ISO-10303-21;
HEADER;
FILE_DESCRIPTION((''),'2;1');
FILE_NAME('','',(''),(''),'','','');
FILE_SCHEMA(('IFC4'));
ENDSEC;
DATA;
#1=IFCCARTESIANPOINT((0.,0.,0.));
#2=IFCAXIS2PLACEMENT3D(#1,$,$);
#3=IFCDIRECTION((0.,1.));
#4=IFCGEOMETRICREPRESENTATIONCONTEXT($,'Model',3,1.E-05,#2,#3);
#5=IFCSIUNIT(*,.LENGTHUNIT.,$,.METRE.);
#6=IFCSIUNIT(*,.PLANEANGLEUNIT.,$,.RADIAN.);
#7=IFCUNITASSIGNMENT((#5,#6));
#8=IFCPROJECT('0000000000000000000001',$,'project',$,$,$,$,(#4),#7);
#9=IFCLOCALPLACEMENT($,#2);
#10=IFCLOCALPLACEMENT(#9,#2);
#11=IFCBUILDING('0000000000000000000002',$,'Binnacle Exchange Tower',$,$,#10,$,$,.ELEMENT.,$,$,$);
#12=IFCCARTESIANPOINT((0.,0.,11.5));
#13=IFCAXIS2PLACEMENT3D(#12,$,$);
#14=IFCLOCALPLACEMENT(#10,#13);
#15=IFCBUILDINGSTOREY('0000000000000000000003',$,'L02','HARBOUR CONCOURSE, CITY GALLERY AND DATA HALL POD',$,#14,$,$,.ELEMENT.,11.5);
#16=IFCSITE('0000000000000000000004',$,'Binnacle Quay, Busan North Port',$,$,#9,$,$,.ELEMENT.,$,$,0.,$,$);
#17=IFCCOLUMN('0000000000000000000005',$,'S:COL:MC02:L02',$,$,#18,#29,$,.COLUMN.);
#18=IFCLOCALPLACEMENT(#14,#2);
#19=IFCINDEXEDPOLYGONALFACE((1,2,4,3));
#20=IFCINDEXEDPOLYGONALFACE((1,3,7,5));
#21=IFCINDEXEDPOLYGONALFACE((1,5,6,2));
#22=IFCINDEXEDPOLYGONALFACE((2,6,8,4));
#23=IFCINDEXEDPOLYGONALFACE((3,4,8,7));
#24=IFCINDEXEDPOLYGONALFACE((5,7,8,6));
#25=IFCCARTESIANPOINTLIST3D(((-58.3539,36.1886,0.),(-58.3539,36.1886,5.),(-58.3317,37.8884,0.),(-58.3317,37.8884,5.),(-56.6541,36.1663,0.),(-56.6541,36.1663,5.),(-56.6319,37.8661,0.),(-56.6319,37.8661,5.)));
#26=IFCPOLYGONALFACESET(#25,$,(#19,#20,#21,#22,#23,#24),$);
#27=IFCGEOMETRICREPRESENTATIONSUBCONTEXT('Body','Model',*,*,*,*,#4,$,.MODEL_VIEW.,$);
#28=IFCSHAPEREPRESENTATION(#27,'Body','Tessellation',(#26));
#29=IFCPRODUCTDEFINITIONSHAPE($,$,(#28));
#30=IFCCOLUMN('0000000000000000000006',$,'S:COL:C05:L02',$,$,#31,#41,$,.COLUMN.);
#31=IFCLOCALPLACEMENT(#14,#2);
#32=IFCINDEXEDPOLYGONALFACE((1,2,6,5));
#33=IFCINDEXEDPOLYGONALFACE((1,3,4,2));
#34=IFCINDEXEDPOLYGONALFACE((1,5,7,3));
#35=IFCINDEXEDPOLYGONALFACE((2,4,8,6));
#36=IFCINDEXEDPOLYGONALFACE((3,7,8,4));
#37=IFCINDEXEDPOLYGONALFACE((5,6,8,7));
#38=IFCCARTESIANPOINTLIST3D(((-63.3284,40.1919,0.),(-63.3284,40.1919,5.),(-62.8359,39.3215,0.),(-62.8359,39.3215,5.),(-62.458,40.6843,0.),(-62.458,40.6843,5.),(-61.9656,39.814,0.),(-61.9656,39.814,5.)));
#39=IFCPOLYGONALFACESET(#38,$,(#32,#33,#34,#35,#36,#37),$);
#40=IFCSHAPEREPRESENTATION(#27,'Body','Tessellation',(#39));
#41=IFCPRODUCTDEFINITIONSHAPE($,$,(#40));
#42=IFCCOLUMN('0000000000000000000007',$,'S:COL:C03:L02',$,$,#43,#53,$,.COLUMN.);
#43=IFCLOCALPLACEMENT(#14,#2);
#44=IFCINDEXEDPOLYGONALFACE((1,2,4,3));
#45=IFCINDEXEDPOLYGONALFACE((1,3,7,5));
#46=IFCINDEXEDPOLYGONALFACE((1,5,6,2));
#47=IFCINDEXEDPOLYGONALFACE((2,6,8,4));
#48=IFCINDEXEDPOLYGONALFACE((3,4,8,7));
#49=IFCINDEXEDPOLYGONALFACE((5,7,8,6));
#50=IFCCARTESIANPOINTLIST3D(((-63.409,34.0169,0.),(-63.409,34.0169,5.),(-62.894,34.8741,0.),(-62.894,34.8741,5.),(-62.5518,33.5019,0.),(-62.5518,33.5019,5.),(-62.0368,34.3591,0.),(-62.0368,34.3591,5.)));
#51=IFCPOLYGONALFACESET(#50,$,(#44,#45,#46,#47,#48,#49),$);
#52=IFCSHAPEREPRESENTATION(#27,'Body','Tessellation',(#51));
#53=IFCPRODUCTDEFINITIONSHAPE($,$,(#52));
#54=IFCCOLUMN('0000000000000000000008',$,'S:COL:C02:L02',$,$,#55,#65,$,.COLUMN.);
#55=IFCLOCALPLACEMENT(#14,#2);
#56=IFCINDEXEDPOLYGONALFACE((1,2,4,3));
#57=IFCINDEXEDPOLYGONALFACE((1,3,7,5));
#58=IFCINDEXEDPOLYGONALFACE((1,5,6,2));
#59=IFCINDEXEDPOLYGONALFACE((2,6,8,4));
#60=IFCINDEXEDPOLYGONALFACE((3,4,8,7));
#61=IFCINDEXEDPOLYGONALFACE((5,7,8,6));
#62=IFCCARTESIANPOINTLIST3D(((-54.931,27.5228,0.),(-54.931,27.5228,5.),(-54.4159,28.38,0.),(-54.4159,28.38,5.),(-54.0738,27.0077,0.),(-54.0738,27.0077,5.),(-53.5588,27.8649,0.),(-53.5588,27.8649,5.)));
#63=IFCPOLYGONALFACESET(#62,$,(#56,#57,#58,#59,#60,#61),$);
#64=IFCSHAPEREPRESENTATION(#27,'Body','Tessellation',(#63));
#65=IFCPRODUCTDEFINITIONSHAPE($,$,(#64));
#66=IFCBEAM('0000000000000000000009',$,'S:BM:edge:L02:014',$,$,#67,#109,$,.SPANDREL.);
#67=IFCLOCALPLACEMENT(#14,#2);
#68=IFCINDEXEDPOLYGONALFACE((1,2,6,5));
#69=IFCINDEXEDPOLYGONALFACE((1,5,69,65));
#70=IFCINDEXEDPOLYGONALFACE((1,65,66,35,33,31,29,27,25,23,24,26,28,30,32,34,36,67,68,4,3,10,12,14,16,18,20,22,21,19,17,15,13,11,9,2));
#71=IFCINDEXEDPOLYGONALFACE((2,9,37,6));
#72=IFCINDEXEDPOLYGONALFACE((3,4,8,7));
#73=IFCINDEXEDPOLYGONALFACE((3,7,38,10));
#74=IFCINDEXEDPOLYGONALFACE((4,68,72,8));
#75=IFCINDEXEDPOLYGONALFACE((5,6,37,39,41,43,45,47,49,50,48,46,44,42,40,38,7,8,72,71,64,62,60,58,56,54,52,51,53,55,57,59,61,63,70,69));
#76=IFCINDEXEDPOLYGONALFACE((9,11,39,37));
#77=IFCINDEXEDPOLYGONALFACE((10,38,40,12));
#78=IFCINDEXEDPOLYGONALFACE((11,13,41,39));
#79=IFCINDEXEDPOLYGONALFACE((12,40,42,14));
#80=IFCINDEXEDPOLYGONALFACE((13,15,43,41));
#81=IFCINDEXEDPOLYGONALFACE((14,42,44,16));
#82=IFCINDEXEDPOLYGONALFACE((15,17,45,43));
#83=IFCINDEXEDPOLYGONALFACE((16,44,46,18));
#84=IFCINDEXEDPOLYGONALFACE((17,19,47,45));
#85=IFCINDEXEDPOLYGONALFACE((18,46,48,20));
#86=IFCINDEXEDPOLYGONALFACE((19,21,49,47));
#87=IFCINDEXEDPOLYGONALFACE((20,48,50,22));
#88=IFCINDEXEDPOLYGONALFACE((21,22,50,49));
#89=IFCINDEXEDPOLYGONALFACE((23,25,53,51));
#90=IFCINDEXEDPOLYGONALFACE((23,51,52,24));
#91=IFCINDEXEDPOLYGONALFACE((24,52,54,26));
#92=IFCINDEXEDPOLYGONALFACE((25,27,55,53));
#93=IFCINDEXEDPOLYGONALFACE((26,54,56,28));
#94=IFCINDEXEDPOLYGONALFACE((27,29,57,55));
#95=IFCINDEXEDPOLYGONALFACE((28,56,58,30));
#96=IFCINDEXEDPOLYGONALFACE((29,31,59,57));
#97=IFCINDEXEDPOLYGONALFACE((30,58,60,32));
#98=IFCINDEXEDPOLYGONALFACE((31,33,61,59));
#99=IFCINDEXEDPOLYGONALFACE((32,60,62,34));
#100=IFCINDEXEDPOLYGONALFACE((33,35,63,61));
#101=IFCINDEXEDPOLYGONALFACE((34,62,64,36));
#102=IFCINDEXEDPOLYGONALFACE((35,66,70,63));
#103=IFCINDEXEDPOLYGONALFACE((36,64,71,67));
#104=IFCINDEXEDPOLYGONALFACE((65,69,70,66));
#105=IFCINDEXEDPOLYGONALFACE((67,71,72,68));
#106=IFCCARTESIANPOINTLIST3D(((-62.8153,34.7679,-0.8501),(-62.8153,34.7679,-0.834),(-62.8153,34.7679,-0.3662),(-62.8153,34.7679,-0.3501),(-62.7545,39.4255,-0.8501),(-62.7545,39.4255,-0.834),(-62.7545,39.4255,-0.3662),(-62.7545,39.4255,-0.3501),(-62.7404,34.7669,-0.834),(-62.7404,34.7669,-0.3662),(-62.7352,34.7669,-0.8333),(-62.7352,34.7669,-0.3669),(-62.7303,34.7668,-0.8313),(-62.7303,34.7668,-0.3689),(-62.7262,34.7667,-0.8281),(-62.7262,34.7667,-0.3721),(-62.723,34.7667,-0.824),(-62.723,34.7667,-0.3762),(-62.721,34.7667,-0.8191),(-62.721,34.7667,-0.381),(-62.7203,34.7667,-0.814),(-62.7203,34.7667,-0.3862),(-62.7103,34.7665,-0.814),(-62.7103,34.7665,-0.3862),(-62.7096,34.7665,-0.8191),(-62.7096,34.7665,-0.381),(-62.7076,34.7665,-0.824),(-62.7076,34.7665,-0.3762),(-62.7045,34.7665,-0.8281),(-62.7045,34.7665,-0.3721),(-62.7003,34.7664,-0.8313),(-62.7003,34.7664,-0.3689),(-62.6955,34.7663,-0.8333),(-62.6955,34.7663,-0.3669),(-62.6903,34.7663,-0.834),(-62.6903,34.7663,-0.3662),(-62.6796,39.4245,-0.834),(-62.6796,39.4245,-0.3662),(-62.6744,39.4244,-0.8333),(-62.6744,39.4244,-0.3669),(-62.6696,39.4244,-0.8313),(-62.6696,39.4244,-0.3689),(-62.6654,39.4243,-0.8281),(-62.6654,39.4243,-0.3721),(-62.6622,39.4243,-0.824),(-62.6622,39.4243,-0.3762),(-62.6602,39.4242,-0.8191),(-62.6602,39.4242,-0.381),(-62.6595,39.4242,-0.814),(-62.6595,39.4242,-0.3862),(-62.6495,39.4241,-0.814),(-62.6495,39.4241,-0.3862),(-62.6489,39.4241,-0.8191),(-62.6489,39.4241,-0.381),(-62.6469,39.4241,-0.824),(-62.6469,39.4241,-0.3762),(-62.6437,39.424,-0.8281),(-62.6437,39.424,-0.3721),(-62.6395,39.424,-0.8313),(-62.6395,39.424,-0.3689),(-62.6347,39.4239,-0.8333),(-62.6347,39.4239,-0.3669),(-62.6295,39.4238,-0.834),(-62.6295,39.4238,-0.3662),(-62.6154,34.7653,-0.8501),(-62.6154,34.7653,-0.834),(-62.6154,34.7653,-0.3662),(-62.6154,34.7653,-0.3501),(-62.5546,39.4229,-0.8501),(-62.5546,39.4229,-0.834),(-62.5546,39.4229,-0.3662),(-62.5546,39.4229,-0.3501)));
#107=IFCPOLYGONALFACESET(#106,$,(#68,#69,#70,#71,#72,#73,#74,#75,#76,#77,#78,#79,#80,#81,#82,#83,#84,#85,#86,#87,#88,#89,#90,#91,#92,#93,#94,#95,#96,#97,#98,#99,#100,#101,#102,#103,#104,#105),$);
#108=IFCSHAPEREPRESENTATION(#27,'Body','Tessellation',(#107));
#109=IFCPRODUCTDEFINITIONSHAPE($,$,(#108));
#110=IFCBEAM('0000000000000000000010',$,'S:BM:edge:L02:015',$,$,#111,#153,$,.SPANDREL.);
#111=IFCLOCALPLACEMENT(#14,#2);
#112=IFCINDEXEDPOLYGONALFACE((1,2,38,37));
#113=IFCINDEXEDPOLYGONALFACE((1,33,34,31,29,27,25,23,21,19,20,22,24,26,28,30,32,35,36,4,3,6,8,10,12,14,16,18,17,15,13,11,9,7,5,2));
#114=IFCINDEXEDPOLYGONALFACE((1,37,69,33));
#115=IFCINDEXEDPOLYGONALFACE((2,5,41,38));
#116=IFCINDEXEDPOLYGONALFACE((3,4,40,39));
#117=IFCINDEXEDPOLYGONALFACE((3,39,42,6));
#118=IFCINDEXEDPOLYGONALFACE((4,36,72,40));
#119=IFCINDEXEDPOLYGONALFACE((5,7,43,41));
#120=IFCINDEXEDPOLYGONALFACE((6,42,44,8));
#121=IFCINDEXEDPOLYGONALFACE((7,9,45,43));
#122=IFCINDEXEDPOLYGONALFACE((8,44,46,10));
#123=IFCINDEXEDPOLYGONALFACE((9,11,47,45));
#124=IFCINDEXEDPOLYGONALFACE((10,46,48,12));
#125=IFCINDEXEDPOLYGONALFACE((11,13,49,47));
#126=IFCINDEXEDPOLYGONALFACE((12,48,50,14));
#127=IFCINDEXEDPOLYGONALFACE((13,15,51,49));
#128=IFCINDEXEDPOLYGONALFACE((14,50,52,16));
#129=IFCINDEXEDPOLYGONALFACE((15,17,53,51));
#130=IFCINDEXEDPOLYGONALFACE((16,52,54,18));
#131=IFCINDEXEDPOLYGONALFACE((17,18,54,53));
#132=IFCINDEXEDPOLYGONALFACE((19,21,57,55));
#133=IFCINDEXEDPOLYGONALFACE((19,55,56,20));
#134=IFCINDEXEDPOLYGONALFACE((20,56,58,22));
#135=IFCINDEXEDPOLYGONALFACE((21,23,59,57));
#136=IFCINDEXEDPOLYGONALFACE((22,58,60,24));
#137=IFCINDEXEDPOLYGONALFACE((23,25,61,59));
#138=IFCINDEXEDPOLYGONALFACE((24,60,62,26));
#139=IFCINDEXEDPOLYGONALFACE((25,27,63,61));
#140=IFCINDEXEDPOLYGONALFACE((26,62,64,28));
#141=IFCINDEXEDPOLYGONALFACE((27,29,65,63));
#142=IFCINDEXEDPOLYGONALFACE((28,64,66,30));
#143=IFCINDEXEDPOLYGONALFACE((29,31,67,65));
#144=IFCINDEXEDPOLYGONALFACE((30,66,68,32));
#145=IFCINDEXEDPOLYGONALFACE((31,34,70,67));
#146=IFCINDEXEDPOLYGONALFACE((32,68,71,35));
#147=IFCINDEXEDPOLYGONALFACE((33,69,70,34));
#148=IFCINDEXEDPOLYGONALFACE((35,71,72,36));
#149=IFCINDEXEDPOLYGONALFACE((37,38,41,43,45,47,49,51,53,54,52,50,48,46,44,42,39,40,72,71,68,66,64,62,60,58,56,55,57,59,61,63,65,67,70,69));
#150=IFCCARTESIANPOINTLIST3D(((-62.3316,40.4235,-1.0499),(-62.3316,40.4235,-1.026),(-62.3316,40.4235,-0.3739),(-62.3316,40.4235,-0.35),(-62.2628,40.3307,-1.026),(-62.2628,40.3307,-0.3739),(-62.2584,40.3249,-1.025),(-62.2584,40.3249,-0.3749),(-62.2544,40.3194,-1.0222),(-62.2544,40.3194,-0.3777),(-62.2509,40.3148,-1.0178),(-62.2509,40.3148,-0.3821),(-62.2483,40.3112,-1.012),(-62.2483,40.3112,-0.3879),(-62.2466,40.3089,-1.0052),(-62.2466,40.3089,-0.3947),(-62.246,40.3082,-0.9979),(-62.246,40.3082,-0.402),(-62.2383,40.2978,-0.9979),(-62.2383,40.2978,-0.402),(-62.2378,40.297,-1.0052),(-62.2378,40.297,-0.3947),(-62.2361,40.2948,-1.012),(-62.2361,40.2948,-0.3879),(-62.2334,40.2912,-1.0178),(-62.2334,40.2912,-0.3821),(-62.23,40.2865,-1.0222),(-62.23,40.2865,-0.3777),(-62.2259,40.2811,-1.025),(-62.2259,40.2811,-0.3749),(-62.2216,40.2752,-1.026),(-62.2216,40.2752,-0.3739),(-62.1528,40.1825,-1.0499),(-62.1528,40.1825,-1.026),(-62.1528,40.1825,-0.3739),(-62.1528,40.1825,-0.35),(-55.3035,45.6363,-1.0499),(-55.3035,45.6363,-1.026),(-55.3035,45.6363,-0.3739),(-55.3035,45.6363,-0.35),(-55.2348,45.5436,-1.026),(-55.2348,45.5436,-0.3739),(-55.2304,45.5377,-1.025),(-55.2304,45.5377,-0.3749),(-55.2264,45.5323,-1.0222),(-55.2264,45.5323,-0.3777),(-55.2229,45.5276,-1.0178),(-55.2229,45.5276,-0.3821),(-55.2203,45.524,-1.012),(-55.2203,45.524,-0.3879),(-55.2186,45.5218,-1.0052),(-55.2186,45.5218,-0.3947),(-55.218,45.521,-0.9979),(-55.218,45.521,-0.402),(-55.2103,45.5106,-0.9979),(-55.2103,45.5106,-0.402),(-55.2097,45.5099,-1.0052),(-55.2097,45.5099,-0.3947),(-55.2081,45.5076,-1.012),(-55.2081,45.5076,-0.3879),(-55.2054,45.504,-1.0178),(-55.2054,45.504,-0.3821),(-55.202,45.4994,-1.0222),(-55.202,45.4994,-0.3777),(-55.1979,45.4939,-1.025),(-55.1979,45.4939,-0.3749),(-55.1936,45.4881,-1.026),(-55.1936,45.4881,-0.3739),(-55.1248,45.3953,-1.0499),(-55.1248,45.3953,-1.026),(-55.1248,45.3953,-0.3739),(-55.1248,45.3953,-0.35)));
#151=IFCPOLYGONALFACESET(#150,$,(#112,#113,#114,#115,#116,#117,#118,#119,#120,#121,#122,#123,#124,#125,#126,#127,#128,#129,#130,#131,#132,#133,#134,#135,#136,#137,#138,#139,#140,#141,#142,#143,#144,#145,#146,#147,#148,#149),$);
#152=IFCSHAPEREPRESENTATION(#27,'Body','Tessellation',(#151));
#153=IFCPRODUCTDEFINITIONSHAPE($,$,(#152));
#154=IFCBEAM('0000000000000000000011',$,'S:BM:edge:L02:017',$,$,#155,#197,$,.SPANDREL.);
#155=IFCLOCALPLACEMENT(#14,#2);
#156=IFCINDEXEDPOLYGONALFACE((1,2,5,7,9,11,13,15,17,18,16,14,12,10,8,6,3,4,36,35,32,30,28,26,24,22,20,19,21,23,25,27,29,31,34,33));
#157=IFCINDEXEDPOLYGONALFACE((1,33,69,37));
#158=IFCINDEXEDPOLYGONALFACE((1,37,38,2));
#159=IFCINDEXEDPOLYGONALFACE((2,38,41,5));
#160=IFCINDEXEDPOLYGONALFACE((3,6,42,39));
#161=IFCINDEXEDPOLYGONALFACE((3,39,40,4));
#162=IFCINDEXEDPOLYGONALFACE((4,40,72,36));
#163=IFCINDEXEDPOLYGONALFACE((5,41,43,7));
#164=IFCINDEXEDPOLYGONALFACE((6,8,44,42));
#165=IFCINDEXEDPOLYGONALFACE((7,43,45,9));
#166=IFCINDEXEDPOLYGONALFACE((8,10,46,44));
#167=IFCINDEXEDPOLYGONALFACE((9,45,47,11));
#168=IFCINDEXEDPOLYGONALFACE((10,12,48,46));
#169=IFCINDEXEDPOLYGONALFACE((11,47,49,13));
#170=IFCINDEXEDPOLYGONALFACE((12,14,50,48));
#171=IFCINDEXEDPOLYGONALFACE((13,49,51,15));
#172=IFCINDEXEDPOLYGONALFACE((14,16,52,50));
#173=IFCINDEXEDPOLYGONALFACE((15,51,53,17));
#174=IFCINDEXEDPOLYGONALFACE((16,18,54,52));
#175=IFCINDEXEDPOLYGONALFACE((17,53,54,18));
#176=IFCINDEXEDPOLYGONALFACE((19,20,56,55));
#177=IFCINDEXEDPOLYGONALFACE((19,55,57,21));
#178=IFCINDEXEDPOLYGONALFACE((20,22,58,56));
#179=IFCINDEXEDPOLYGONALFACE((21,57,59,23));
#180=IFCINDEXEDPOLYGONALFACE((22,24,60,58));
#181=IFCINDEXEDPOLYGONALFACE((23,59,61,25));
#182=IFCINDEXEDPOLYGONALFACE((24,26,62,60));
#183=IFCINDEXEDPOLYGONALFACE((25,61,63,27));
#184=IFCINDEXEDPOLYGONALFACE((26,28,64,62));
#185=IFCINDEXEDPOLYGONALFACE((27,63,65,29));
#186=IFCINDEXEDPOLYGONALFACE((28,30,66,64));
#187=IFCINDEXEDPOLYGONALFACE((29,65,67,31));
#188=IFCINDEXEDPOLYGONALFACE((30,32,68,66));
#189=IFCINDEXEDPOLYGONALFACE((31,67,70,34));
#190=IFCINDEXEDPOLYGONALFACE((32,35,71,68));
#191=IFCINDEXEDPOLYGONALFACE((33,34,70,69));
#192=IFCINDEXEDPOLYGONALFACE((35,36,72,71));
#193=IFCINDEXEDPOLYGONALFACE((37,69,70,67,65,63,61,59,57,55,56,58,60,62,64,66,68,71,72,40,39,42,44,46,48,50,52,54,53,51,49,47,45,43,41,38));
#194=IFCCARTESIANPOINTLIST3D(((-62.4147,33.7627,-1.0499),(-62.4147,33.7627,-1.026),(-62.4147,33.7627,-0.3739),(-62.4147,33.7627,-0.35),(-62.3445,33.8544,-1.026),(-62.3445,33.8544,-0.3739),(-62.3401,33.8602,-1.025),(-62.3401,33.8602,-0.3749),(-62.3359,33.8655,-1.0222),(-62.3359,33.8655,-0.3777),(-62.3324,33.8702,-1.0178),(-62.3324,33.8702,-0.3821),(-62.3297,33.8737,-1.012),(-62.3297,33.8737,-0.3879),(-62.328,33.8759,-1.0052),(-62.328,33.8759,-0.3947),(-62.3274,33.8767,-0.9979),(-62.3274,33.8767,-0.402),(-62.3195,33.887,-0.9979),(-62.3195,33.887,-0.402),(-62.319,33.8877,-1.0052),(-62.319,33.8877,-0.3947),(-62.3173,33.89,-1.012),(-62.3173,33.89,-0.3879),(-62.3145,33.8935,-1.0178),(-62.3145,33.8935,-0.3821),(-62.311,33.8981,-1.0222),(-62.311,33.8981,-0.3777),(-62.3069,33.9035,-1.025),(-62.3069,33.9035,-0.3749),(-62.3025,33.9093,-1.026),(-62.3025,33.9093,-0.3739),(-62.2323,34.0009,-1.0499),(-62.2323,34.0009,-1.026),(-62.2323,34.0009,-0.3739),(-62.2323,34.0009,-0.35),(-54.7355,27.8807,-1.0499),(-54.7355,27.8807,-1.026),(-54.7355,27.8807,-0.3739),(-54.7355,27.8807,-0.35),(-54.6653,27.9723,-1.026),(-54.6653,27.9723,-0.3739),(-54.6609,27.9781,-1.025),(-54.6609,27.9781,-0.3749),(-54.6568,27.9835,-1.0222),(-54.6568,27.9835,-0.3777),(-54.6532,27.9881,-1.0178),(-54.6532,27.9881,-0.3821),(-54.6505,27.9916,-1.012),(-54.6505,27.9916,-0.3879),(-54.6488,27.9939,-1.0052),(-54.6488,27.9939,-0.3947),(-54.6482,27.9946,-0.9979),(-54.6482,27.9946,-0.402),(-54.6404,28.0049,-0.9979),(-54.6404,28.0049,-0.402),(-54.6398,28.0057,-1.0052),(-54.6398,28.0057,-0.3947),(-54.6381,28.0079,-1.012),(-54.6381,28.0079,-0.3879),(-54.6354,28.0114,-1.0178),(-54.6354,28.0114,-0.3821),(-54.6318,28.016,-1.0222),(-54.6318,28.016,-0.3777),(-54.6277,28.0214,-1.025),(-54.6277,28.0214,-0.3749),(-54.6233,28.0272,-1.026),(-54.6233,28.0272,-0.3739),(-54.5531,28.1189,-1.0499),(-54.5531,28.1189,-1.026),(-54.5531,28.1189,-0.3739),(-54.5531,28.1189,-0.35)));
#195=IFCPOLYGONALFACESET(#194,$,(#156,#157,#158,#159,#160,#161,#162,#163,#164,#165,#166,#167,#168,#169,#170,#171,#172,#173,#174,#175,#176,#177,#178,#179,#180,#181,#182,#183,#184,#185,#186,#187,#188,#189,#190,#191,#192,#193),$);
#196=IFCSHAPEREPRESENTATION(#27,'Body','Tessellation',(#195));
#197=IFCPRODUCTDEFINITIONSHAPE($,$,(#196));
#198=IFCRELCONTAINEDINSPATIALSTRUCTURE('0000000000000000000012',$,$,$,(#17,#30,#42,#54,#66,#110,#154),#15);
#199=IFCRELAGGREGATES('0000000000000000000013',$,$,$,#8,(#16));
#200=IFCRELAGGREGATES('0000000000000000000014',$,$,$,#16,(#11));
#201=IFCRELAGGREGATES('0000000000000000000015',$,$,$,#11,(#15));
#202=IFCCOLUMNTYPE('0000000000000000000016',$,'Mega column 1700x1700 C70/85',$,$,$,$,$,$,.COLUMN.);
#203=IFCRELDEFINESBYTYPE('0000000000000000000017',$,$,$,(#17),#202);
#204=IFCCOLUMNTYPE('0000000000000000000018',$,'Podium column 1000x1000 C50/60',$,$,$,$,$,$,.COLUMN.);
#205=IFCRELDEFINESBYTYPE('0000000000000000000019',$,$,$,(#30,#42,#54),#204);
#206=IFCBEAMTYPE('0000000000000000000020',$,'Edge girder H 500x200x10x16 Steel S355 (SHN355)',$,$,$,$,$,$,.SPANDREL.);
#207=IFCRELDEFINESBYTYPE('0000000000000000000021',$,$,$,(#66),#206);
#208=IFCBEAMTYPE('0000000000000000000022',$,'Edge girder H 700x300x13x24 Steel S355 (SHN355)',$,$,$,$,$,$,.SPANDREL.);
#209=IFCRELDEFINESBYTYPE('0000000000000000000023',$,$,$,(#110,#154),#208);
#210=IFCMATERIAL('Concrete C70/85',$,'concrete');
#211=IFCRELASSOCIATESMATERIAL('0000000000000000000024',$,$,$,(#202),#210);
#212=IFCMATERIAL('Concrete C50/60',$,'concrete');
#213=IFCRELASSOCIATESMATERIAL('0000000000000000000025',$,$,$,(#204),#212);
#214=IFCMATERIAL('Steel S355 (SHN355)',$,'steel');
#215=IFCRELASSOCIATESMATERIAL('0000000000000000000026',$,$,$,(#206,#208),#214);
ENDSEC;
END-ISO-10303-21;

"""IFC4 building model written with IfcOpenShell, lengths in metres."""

from ifc_helpers import new_model, si_unit, direction, frame, origin, origin_2d, place, context, subcontext, project, spatial, rectangle, i_section, extrude, material, material_profile, profile_set, type_object, element, save


model = new_model("IFC4")

# Units and contexts
model_context = context("Model", 3, precision=1e-05, world=origin(), true_north=direction((0.0, 1.0)))
body_context = subcontext(model_context, "Body", "Model", "MODEL_VIEW")
ifc_project = project(units=[si_unit("LENGTHUNIT", "METRE"), si_unit("PLANEANGLEUNIT", "RADIAN")], contexts=[model_context])

# Site, building, storey
site_placement = place(None, origin())
site = spatial("IfcSite", under=ifc_project, at=site_placement, Name="Binnacle Quay, Busan North Port", CompositionType="ELEMENT", RefElevation=0.0)
building_placement = place(site_placement, origin())
building = spatial("IfcBuilding", under=site, at=building_placement, Name="Binnacle Exchange Tower", CompositionType="ELEMENT")
storey_placement = place(building_placement, frame((0.0, 0.0, 11.5)))
storey = spatial("IfcBuildingStorey", under=building, at=storey_placement, Name="L02", Description="HARBOUR CONCOURSE, CITY GALLERY AND DATA HALL POD", CompositionType="ELEMENT", Elevation=11.5)

# Columns
ifc_material_1 = material(Name="Concrete C70/85", Category="concrete")
ifc_material_profile_1 = material_profile(ifc_material_1, rectangle(XDim=1.7, YDim=1.7, at=origin_2d()), Name="Mega column 1700x1700 C70/85")
ifc_profile_set_1 = profile_set([ifc_material_profile_1], Name="Concrete C70/85")
column_type_1 = type_object("IfcColumnType", Name="Mega column 1700x1700 C70/85", PredefinedType="COLUMN", material=ifc_profile_set_1)
column_placement = place(storey_placement, frame((-57.4929, 37.0273, 0.0), z_axis=(0.0, 0.0, 1.0), x_axis=(-0.01309, -0.999914, 0.0)))
element("IfcColumn", 1, at=column_placement, inside=storey, type_object=column_type_1, Name="S:COL:MC02:L02", PredefinedType="COLUMN", context=body_context, shape_type="SweptSolid", body=[
    extrude(rectangle(XDim=1.7, YDim=1.7, at=origin_2d()), origin(), (0.0, 0.0, 1.0), 5.0),
])
ifc_material_2 = material(Name="Concrete C50/60", Category="concrete")
ifc_material_profile_2 = material_profile(ifc_material_2, rectangle(XDim=1.0, YDim=1.0, at=origin_2d()), Name="Podium column 1000x1000 C50/60")
ifc_profile_set_2 = profile_set([ifc_material_profile_2], Name="Concrete C50/60")
column_type_2 = type_object("IfcColumnType", Name="Podium column 1000x1000 C50/60", PredefinedType="COLUMN", material=ifc_profile_set_2)
for number, where, z_axis, x_axis, name in (
    (2, (-62.647, 40.0029, 0.0), (0.0, 0.0, 1.0), (-0.870356, -0.492424, 0.0), "S:COL:C05:L02"),
    (3, (-62.7229, 34.188, 0.0), (0.0, 0.0, 1.0), (0.857167, -0.515038, 0.0), "S:COL:C03:L02"),
    (4, (-54.2449, 27.6938, 0.0), (0.0, 0.0, 1.0), (0.857167, -0.515038, 0.0), "S:COL:C02:L02"),
):
    element("IfcColumn", number, at=place(storey_placement, frame(where, z_axis=z_axis, x_axis=x_axis)), inside=storey, type_object=column_type_2, Name=name, PredefinedType="COLUMN", context=body_context, shape_type="SweptSolid", body=[
        extrude(rectangle(XDim=1.0, YDim=1.0, at=origin_2d()), origin(), (0.0, 0.0, 1.0), 5.0),
    ])

# Beams
ifc_material_3 = material(Name="Steel S355 (SHN355)", Category="steel")
ifc_material_profile_3 = material_profile(ifc_material_3, i_section(OverallWidth=0.2, OverallDepth=0.5, WebThickness=0.01, FlangeThickness=0.0161, FilletRadius=0.02, at=origin_2d()), Name="H 500x200x10x16")
ifc_profile_set_3 = profile_set([ifc_material_profile_3], Name="Steel S355 (SHN355)")
beam_type_1 = type_object("IfcBeamType", Name="Edge girder H 500x200x10x16 Steel S355 (SHN355)", PredefinedType="SPANDREL", material=ifc_profile_set_3)
beam_1_placement = place(storey_placement, frame((-62.7153, 34.7666, -0.6001), z_axis=(0.013051, 0.999915, 0.0), x_axis=(-0.999915, 0.013051, 0.0)))
element("IfcBeam", 5, at=beam_1_placement, inside=storey, type_object=beam_type_1, Name="S:BM:edge:L02:014", PredefinedType="SPANDREL", context=body_context, shape_type="SweptSolid", body=[
    extrude(i_section(OverallWidth=0.2, OverallDepth=0.5, WebThickness=0.01, FlangeThickness=0.0161, FilletRadius=0.02, at=origin_2d()), origin(), (0.0, 0.0, 1.0), 4.658),
])
ifc_material_profile_4 = material_profile(ifc_material_3, i_section(OverallWidth=0.3, OverallDepth=0.7, WebThickness=0.0129, FlangeThickness=0.0239, FilletRadius=0.0281, at=origin_2d()), Name="H 700x300x13x24")
ifc_profile_set_4 = profile_set([ifc_material_profile_4], Name="Steel S355 (SHN355)")
beam_type_2 = type_object("IfcBeamType", Name="Edge girder H 700x300x13x24 Steel S355 (SHN355)", PredefinedType="SPANDREL", material=ifc_profile_set_4)
beam_2_placement = place(storey_placement, frame((-62.2422, 40.303, -0.7), z_axis=(0.803179, 0.595737, 0.0), x_axis=(-0.595737, 0.803179, 0.0)))
element("IfcBeam", 6, at=beam_2_placement, inside=storey, type_object=beam_type_2, Name="S:BM:edge:L02:015", PredefinedType="SPANDREL", context=body_context, shape_type="SweptSolid", body=[
    extrude(i_section(OverallWidth=0.3, OverallDepth=0.7, WebThickness=0.0129, FlangeThickness=0.0239, FilletRadius=0.0281, at=origin_2d()), origin(), (0.0, 0.0, 1.0), 8.7502),
])
beam_3_placement = place(storey_placement, frame((-54.6443, 27.9998, -0.7), z_axis=(-0.793871, 0.608086, 0.0), x_axis=(-0.608086, -0.793871, 0.0)))
element("IfcBeam", 7, at=beam_3_placement, inside=storey, type_object=beam_type_2, Name="S:BM:edge:L02:017", PredefinedType="SPANDREL", context=body_context, shape_type="SweptSolid", body=[
    extrude(i_section(OverallWidth=0.3, OverallDepth=0.7, WebThickness=0.0129, FlangeThickness=0.0239, FilletRadius=0.0281, at=origin_2d()), origin(), (0.0, 0.0, 1.0), 9.6731),
])

save(model, "model.ifc")
